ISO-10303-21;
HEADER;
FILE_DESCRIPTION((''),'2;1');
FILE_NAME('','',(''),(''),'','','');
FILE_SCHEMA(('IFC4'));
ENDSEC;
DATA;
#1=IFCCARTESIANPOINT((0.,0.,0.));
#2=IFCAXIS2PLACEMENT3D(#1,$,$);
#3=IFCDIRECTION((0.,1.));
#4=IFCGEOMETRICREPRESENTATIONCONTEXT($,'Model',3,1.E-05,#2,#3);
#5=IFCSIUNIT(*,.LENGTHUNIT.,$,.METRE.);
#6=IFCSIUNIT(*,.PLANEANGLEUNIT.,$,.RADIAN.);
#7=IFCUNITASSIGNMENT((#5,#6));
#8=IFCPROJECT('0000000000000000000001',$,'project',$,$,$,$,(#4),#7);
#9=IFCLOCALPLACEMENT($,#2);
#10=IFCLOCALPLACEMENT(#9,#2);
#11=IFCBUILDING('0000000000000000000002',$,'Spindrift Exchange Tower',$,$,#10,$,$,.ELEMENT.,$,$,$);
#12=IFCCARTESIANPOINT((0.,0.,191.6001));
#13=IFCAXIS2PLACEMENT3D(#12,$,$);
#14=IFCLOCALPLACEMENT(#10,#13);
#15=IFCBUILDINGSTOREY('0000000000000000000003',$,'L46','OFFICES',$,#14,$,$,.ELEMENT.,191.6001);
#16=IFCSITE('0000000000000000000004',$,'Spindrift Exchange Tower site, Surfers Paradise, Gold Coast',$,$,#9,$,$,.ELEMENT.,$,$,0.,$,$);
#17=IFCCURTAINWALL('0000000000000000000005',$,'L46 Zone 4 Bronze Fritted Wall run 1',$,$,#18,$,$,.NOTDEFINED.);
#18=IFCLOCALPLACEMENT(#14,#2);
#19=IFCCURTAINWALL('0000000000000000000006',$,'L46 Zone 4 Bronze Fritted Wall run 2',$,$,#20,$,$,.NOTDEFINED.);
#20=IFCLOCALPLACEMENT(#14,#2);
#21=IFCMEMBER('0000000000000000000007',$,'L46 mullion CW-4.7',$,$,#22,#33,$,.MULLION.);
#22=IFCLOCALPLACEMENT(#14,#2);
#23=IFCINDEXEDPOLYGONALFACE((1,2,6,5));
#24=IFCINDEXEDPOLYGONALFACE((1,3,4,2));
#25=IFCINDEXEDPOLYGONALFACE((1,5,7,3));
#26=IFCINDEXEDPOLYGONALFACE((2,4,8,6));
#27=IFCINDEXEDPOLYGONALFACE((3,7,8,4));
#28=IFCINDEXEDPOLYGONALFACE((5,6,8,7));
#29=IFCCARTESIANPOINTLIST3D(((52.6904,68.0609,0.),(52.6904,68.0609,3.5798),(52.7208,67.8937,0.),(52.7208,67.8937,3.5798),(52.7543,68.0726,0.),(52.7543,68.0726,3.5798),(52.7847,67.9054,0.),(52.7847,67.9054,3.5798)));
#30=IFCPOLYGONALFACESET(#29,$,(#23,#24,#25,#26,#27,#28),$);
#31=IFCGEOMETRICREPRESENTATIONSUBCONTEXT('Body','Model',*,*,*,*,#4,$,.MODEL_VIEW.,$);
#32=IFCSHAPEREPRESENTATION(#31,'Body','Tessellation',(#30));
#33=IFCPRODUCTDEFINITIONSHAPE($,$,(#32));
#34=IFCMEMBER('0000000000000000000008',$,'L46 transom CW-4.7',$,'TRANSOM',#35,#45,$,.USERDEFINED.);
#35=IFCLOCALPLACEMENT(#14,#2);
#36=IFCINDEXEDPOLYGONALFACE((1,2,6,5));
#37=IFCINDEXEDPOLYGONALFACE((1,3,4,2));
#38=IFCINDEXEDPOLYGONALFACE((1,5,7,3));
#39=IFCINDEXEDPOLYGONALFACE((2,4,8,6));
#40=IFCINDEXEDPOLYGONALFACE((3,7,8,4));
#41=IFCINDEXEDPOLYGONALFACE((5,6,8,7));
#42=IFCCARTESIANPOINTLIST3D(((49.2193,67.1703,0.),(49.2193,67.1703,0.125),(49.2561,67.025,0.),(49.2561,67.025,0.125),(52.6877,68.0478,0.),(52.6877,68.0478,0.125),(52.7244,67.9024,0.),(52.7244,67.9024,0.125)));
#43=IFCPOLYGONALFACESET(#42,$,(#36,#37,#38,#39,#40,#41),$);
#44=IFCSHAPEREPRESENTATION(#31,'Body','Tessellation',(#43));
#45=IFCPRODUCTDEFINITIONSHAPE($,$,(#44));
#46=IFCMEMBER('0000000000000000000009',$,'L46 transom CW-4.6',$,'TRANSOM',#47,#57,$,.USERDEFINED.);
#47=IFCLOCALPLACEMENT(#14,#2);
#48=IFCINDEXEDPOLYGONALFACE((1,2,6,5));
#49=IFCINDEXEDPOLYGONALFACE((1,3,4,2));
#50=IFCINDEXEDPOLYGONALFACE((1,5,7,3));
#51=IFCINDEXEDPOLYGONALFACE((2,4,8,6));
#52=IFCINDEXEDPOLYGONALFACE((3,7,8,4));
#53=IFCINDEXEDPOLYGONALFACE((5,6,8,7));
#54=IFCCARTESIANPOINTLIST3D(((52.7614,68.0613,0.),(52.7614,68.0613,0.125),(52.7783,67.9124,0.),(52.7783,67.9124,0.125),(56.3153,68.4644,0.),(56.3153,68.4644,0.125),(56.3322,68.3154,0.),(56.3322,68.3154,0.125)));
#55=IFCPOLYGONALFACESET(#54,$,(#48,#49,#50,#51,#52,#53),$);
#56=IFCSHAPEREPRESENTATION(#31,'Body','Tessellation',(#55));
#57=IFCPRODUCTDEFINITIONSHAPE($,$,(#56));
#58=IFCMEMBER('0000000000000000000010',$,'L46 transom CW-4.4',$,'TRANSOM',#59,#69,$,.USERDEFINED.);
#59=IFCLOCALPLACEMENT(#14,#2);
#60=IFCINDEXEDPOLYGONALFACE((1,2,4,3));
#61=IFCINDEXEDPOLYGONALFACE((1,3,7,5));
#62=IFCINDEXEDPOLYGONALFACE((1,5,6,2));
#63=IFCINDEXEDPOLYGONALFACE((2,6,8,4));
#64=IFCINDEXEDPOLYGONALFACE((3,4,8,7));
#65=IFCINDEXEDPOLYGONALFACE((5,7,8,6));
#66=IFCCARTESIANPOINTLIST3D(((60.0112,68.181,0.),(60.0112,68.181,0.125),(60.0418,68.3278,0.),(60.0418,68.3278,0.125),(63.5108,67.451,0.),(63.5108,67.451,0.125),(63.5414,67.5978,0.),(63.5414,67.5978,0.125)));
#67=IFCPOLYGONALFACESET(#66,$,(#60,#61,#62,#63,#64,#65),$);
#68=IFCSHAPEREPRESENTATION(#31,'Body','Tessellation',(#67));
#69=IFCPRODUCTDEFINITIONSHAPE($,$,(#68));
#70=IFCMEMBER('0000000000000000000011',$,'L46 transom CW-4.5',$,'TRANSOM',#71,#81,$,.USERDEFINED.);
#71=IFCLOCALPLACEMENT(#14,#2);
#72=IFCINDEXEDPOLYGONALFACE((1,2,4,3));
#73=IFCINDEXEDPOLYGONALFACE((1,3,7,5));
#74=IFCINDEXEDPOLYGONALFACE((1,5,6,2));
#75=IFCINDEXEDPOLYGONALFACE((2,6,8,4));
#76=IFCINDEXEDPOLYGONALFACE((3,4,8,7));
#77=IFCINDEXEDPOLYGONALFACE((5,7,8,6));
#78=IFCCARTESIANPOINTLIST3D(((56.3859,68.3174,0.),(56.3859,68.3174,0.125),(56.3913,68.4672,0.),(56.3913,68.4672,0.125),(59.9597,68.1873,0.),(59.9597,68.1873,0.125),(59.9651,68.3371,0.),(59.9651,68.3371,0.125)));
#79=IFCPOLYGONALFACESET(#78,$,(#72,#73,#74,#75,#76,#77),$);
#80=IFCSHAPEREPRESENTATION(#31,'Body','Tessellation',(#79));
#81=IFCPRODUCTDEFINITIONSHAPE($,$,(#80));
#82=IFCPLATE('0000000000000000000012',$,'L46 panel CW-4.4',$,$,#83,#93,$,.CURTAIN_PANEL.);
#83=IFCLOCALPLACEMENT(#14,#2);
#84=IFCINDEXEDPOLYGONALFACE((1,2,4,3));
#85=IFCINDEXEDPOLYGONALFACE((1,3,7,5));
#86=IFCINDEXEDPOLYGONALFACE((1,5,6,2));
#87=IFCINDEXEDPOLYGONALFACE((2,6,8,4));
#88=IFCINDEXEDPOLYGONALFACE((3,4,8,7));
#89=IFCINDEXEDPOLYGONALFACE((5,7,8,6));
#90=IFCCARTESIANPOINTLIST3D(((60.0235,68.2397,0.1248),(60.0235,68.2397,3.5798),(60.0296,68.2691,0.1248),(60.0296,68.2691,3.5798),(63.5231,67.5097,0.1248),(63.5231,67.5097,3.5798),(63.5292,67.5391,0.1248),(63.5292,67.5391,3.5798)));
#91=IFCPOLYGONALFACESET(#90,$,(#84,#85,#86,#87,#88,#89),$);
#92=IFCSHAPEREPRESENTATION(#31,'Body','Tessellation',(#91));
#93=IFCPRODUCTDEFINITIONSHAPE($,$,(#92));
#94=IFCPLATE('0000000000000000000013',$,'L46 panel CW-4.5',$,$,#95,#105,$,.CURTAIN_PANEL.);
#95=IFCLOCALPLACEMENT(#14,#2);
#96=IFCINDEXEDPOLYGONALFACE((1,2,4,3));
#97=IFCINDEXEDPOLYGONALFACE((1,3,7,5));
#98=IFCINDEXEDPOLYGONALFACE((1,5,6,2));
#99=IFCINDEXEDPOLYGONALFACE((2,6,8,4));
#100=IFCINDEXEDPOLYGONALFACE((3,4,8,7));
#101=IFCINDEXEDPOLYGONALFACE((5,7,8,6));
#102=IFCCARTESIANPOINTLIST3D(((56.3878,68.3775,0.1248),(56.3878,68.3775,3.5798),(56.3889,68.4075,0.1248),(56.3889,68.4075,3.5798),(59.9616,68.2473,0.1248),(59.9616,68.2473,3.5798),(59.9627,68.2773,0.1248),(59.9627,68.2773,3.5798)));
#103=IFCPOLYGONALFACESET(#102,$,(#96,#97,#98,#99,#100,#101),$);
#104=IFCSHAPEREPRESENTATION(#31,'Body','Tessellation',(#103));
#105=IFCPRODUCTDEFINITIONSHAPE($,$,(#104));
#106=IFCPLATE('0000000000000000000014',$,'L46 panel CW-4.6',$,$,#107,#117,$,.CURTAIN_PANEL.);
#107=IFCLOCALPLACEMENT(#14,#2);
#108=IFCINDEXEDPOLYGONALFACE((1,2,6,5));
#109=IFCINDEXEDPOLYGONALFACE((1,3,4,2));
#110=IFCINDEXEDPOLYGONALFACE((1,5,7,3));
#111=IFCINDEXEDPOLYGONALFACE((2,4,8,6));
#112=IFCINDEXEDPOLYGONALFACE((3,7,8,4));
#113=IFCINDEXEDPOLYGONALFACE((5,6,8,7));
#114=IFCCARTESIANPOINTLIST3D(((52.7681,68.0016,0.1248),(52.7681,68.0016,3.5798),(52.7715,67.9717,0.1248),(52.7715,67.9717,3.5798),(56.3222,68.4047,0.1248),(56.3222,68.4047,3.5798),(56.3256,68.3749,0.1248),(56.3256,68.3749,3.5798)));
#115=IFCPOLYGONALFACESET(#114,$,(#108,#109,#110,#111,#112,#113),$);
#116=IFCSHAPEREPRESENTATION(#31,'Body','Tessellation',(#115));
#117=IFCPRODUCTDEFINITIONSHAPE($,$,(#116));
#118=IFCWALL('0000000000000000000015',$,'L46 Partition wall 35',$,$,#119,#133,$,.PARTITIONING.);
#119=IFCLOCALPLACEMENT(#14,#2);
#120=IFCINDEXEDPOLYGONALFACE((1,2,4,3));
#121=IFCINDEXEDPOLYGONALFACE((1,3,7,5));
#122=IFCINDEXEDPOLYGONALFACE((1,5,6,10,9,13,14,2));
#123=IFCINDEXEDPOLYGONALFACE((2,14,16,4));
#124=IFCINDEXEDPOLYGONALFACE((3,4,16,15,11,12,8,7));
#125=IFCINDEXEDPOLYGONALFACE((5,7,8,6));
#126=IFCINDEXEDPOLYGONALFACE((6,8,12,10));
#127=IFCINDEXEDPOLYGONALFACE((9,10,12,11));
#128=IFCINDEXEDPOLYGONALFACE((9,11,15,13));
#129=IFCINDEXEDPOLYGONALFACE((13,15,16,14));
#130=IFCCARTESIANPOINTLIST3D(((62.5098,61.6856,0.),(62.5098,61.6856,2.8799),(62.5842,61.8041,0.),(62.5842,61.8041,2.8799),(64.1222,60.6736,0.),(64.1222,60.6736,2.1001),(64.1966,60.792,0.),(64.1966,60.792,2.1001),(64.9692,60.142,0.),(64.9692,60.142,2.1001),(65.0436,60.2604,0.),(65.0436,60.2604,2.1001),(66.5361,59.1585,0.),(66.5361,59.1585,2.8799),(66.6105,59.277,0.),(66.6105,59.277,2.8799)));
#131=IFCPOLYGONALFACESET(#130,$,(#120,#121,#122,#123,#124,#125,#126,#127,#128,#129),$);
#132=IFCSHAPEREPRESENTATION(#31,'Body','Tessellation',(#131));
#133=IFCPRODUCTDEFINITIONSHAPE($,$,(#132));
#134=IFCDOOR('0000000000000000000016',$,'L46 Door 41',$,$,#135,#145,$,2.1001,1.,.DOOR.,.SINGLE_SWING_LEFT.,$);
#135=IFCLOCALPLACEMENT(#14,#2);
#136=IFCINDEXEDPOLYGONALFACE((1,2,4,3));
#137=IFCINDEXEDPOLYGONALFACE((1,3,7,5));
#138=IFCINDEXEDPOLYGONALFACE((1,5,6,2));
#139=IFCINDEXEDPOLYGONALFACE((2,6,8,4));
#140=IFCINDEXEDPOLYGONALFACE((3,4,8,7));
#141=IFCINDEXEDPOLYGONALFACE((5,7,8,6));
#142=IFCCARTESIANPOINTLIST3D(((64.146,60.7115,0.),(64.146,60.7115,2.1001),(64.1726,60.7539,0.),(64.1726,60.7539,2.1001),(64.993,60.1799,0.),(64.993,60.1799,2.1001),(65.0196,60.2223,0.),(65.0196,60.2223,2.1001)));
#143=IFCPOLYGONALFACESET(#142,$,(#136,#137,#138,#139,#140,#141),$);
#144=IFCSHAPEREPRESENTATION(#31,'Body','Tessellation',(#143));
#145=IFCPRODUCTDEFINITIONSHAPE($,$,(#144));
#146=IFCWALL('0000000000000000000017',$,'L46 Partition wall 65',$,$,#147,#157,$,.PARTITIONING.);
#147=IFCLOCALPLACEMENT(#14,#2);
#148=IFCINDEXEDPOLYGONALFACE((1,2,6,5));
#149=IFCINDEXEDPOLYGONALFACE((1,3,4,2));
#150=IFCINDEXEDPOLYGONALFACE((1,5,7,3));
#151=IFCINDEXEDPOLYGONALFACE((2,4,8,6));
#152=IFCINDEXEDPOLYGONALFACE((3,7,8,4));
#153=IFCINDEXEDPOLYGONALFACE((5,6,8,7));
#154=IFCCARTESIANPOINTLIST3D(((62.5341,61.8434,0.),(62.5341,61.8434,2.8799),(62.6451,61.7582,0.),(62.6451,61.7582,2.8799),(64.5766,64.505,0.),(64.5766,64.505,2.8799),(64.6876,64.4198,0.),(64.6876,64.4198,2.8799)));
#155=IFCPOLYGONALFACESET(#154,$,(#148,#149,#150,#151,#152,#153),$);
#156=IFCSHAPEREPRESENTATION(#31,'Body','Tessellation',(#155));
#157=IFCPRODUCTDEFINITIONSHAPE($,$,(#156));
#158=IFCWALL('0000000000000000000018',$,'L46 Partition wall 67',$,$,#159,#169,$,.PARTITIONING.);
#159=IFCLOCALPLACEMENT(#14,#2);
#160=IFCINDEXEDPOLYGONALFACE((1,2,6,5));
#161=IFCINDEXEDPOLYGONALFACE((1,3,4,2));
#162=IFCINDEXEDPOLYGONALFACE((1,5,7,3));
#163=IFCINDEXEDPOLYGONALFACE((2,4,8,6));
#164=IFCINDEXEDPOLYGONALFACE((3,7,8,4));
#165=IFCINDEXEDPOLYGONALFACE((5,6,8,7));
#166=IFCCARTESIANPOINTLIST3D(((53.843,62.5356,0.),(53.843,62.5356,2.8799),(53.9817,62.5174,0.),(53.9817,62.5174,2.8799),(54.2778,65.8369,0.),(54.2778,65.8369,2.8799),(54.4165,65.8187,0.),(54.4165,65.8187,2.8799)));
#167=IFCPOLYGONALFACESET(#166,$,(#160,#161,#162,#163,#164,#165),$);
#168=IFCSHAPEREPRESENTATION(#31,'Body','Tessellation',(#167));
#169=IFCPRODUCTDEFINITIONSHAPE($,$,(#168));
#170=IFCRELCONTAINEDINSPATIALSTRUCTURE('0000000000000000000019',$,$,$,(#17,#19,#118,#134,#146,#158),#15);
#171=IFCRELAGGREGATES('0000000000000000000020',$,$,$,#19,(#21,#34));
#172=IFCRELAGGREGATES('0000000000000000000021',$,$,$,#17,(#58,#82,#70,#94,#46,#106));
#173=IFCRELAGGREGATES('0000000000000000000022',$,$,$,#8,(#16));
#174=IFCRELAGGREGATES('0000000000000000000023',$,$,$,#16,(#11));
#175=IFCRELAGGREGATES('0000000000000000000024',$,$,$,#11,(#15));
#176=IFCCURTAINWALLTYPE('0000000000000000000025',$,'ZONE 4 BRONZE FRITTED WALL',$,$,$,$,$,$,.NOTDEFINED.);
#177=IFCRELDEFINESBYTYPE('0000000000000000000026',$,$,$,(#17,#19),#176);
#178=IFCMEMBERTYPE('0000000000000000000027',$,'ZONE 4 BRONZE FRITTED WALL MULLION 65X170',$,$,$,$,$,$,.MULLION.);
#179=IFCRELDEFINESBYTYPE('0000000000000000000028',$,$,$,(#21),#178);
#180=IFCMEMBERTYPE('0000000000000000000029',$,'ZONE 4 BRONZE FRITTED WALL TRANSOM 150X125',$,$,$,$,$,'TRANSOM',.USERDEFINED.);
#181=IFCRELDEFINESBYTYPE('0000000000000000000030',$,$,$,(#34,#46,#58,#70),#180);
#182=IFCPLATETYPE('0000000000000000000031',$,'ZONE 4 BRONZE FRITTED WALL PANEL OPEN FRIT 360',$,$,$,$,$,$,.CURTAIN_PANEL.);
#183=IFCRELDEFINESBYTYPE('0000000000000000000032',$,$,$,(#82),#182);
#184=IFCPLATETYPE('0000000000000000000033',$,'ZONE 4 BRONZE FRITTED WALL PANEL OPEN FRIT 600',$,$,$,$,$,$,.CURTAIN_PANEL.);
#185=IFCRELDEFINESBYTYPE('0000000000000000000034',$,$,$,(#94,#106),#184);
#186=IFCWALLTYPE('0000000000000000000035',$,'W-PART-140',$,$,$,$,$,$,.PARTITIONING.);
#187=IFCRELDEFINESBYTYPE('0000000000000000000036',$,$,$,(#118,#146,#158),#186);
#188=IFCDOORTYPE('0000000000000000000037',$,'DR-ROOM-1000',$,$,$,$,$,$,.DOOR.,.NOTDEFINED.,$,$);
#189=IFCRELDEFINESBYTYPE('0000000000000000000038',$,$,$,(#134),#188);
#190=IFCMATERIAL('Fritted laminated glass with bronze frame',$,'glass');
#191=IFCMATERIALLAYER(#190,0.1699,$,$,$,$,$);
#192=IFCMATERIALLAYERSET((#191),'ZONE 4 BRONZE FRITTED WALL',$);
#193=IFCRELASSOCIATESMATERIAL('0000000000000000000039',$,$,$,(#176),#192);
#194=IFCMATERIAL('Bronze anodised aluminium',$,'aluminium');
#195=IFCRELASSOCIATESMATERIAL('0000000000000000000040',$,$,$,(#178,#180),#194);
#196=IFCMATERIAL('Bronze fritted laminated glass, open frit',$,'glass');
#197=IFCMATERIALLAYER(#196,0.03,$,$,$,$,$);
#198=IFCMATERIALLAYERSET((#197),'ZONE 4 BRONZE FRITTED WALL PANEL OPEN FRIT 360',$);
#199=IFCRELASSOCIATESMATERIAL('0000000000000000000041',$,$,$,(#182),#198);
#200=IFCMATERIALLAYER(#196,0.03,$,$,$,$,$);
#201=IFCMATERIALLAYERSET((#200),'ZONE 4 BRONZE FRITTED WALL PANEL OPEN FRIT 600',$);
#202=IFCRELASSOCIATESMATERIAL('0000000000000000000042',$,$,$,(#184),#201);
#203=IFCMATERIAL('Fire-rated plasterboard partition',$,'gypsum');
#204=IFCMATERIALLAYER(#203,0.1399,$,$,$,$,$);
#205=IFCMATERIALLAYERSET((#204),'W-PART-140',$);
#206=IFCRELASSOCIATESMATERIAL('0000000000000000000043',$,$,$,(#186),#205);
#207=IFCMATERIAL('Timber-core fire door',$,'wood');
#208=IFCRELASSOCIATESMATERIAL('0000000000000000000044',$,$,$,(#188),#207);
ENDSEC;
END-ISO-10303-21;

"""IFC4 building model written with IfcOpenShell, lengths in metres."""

from ifc_helpers import new_model, si_unit, direction, frame, frame_2d, origin, origin_2d, place, context, subcontext, project, spatial, rectangle, extrude, source, transform, mapped, material, layer, layer_set, material_profile, profile_set, type_object, element, fill, aggregate, save


model = new_model("IFC4")

# Units and contexts
model_context = context("Model", 3, precision=1e-05, world=origin(), true_north=direction((0.0, 1.0)))
body_context = subcontext(model_context, "Body", "Model", "MODEL_VIEW")
ifc_project = project(units=[si_unit("LENGTHUNIT", "METRE"), si_unit("PLANEANGLEUNIT", "RADIAN")], contexts=[model_context])

# Site, building, storey
site_placement = place(None, origin())
site = spatial("IfcSite", under=ifc_project, at=site_placement, Name="Spindrift Exchange Tower site, Surfers Paradise, Gold Coast", CompositionType="ELEMENT", RefElevation=0.0)
building_placement = place(site_placement, origin())
building = spatial("IfcBuilding", under=site, at=building_placement, Name="Spindrift Exchange Tower", CompositionType="ELEMENT")
storey_placement = place(building_placement, frame((0.0, 0.0, 191.6001)))
storey = spatial("IfcBuildingStorey", under=building, at=storey_placement, Name="L46", Description="OFFICES", CompositionType="ELEMENT", Elevation=191.6001)

# Curtain walls, members
ifc_material_1 = material(Name="Fritted laminated glass with bronze frame", Category="glass")
ifc_layer_1 = layer(ifc_material_1, 0.1699)
ifc_layer_set_1 = layer_set([ifc_layer_1], Name="ZONE 4 BRONZE FRITTED WALL")
curtain_wall_type = type_object("IfcCurtainWallType", Name="ZONE 4 BRONZE FRITTED WALL", PredefinedType="NOTDEFINED", material=ifc_layer_set_1)
curtain_wall_1_placement = place(storey_placement, origin())
curtain_wall_1 = element("IfcCurtainWall", 1, at=curtain_wall_1_placement, inside=storey, type_object=curtain_wall_type, Name="L46 Zone 4 Bronze Fritted Wall run 1", PredefinedType="NOTDEFINED")
ifc_material_2 = material(Name="Bronze anodised aluminium", Category="aluminium")
ifc_material_profile_1 = material_profile(ifc_material_2, rectangle(XDim=0.0649, YDim=0.1699, at=origin_2d()), Name="ZONE 4 BRONZE FRITTED WALL MULLION 65X170")
ifc_profile_set_1 = profile_set([ifc_material_profile_1], Name="Bronze anodised aluminium")
member_type_1 = type_object("IfcMemberType", Name="ZONE 4 BRONZE FRITTED WALL MULLION 65X170", PredefinedType="MULLION", material=ifc_profile_set_1)
shared_shape_1 = source(origin(), body_context, "Body", "SweptSolid", [
    extrude(rectangle(XDim=0.0649, YDim=0.1699, at=origin_2d()), origin(), (0.0, 0.0, 1.0), 3.5798),
])
curtain_wall_2_placement = place(storey_placement, origin())
curtain_wall_2 = element("IfcCurtainWall", 2, at=curtain_wall_2_placement, inside=storey, type_object=curtain_wall_type, Name="L46 Zone 4 Bronze Fritted Wall run 2", PredefinedType="NOTDEFINED")
member_1_placement = place(storey_placement, frame((52.7375, 67.9832, 0.0), z_axis=(0.0, 0.0, 1.0), x_axis=(-0.983777, -0.179394, 0.0)))
member_1 = element("IfcMember", 3, at=member_1_placement, type_object=member_type_1, Name="L46 mullion CW-4.7", PredefinedType="MULLION", context=body_context, shape_type="MappedRepresentation", body=[
    mapped(shared_shape_1, transform((0.0, 0.0, 0.0), scale=1.0)),
])
ifc_material_profile_2 = material_profile(ifc_material_2, rectangle(XDim=0.1499, YDim=0.125, at=origin_2d()), Name="ZONE 4 BRONZE FRITTED WALL TRANSOM 150X125")
ifc_profile_set_2 = profile_set([ifc_material_profile_2], Name="Bronze anodised aluminium")
member_type_2 = type_object("IfcMemberType", Name="ZONE 4 BRONZE FRITTED WALL TRANSOM 150X125", ElementType="TRANSOM", PredefinedType="USERDEFINED", material=ifc_profile_set_2)
shared_shape_2 = source(origin(), body_context, "Body", "SweptSolid", [
    extrude(rectangle(XDim=0.1499, YDim=0.125, at=origin_2d()), origin(), (0.0, 0.0, 1.0), 3.5776),
])
member_2_placement = place(storey_placement, frame((52.7061, 67.9751, 0.0625), z_axis=(-0.969456, -0.245264, 0.0), x_axis=(0.245264, -0.969456, 0.0)))
member_2 = element("IfcMember", 4, at=member_2_placement, type_object=member_type_2, Name="L46 transom CW-4.7", ObjectType="TRANSOM", PredefinedType="USERDEFINED", context=body_context, shape_type="MappedRepresentation", body=[
    mapped(shared_shape_2, transform((0.0, 0.0, 0.0), scale=1.0)),
])
aggregate(curtain_wall_2, [member_1, member_2])

# Members
shared_shape_3 = source(origin(), body_context, "Body", "SweptSolid", [
    extrude(rectangle(XDim=0.1499, YDim=0.125, at=origin_2d()), origin(), (0.0, 0.0, 1.0), 3.5767),
])
member_3_placement = place(storey_placement, frame((56.3237, 68.3899, 0.0625), z_axis=(-0.99363, -0.112694, 0.0), x_axis=(0.112694, -0.99363, 0.0)))
member_3 = element("IfcMember", 5, at=member_3_placement, type_object=member_type_2, Name="L46 transom CW-4.6", ObjectType="TRANSOM", PredefinedType="USERDEFINED", context=body_context, shape_type="MappedRepresentation", body=[
    mapped(shared_shape_3, transform((0.0, 0.0, 0.0), scale=1.0)),
])
shared_shape_4 = source(origin(), body_context, "Body", "SweptSolid", [
    extrude(rectangle(XDim=0.1499, YDim=0.125, at=origin_2d()), origin(), (0.0, 0.0, 1.0), 3.575),
])
member_4_placement = place(storey_placement, frame((63.5261, 67.5244, 0.0625), z_axis=(-0.978929, 0.2042, 0.0), x_axis=(-0.2042, -0.978929, 0.0)))
member_4 = element("IfcMember", 6, at=member_4_placement, type_object=member_type_2, Name="L46 transom CW-4.4", ObjectType="TRANSOM", PredefinedType="USERDEFINED", context=body_context, shape_type="MappedRepresentation", body=[
    mapped(shared_shape_4, transform((0.0, 0.0, 0.0), scale=1.0)),
])
shared_shape_5 = source(origin(), body_context, "Body", "SweptSolid", [
    extrude(rectangle(XDim=0.1499, YDim=0.125, at=origin_2d()), origin(), (0.0, 0.0, 1.0), 3.5762),
])
member_5_placement = place(storey_placement, frame((59.9624, 68.2622, 0.0625), z_axis=(-0.999338, 0.036388, 0.0), x_axis=(-0.036388, -0.999338, 0.0)))
member_5 = element("IfcMember", 7, at=member_5_placement, type_object=member_type_2, Name="L46 transom CW-4.5", ObjectType="TRANSOM", PredefinedType="USERDEFINED", context=body_context, shape_type="MappedRepresentation", body=[
    mapped(shared_shape_5, transform((0.0, 0.0, 0.0), scale=1.0)),
])

# Plates
ifc_material_3 = material(Name="Bronze fritted laminated glass, open frit", Category="glass")
ifc_layer_2 = layer(ifc_material_3, 0.03)
ifc_layer_set_2 = layer_set([ifc_layer_2], Name="ZONE 4 BRONZE FRITTED WALL PANEL OPEN FRIT 360")
plate_type_1 = type_object("IfcPlateType", Name="ZONE 4 BRONZE FRITTED WALL PANEL OPEN FRIT 360", PredefinedType="CURTAIN_PANEL", material=ifc_layer_set_2)
shared_shape_6 = source(origin(), body_context, "Body", "SweptSolid", [
    extrude(rectangle(XDim=3.575, YDim=0.03, at=origin_2d()), origin(), (0.0, 0.0, 1.0), 3.4551),
])
plate_1_placement = place(storey_placement, frame((61.7764, 67.8894, 0.1248), z_axis=(0.0, 0.0, 1.0), x_axis=(-0.978927, 0.204209, 0.0)))
plate_1 = element("IfcPlate", 8, at=plate_1_placement, type_object=plate_type_1, Name="L46 panel CW-4.4", PredefinedType="CURTAIN_PANEL", context=body_context, shape_type="MappedRepresentation", body=[
    mapped(shared_shape_6, transform((0.0, 0.0, 0.0), scale=1.0)),
])
ifc_layer_3 = layer(ifc_material_3, 0.03)
ifc_layer_set_3 = layer_set([ifc_layer_3], Name="ZONE 4 BRONZE FRITTED WALL PANEL OPEN FRIT 600")
plate_type_2 = type_object("IfcPlateType", Name="ZONE 4 BRONZE FRITTED WALL PANEL OPEN FRIT 600", PredefinedType="CURTAIN_PANEL", material=ifc_layer_set_3)
shared_shape_7 = source(origin(), body_context, "Body", "SweptSolid", [
    extrude(rectangle(XDim=3.5762, YDim=0.03, at=origin_2d()), origin(), (0.0, 0.0, 1.0), 3.4551),
])
plate_2_placement = place(storey_placement, frame((58.1753, 68.3274, 0.1248), z_axis=(0.0, 0.0, 1.0), x_axis=(-0.999338, 0.036391, 0.0)))
plate_2 = element("IfcPlate", 9, at=plate_2_placement, type_object=plate_type_2, Name="L46 panel CW-4.5", PredefinedType="CURTAIN_PANEL", context=body_context, shape_type="MappedRepresentation", body=[
    mapped(shared_shape_7, transform((0.0, 0.0, 0.0), scale=1.0)),
])
shared_shape_8 = source(origin(), body_context, "Body", "SweptSolid", [
    extrude(rectangle(XDim=3.5769, YDim=0.03, at=origin_2d()), origin(), (0.0, 0.0, 1.0), 3.4551),
])
plate_3_placement = place(storey_placement, frame((54.5469, 68.1882, 0.1248), z_axis=(0.0, 0.0, 1.0), x_axis=(-0.993627, -0.112719, 0.0)))
plate_3 = element("IfcPlate", 10, at=plate_3_placement, type_object=plate_type_2, Name="L46 panel CW-4.6", PredefinedType="CURTAIN_PANEL", context=body_context, shape_type="MappedRepresentation", body=[
    mapped(shared_shape_8, transform((0.0, 0.0, 0.0), scale=1.0)),
])
aggregate(curtain_wall_1, [member_4, plate_1, member_5, plate_2, member_3, plate_3])

# Wall, opening, door
ifc_material_4 = material(Name="Fire-rated plasterboard partition", Category="gypsum")
ifc_layer_4 = layer(ifc_material_4, 0.1399)
ifc_layer_set_4 = layer_set([ifc_layer_4], Name="W-PART-140")
wall_type = type_object("IfcWallType", Name="W-PART-140", PredefinedType="PARTITIONING", material=ifc_layer_set_4)
wall_1_placement = place(storey_placement, frame((62.5469, 61.7449, 0.0), z_axis=(0.0, 0.0, 1.0), x_axis=(0.846993, -0.531605, 0.0)))
wall_1 = element("IfcWall", 11, at=wall_1_placement, inside=storey, type_object=wall_type, Name="L46 Partition wall 35", PredefinedType="PARTITIONING", context=body_context, shape_type="SweptSolid", body=[
    extrude(rectangle(XDim=4.7537, YDim=0.1399, at=frame_2d((2.377, 0.0))), origin(), (0.0, 0.0, 1.0), 2.8799),
])
opening_placement = place(wall_1_placement, frame((1.9038, 0.0, 0.0)))
opening = element("IfcOpeningElement", 12, at=opening_placement, cuts=wall_1, PredefinedType="OPENING", context=body_context, shape_type="SweptSolid", body=[
    extrude(rectangle(XDim=1.0, YDim=2.1001, at=frame_2d((0.5, 1.05))), frame((0.0, 0.0798, 0.0), z_axis=(0.0, -1.0, 0.0), x_axis=(1.0, 0.0, 0.0)), (0.0, 0.0, 1.0), 0.1599),
])
ifc_material_5 = material(Name="Timber-core fire door", Category="wood")
door_type = type_object("IfcDoorType", Name="DR-ROOM-1000", OperationType="NOTDEFINED", PredefinedType="DOOR", material=ifc_material_5)
shared_shape_9 = source(origin(), body_context, "Body", "SweptSolid", [
    extrude(rectangle(XDim=1.0, YDim=2.1001, at=frame_2d((0.5, 1.05))), frame((0.0, 0.0249, 0.0), z_axis=(0.0, -1.0, 0.0), x_axis=(1.0, 0.0, 0.0)), (0.0, 0.0, 1.0), 0.05),
])
door_placement = place(opening_placement, origin())
door = element("IfcDoor", 13, at=door_placement, inside=storey, type_object=door_type, Name="L46 Door 41", OperationType="SINGLE_SWING_LEFT", OverallHeight=2.1001, OverallWidth=1.0, PredefinedType="DOOR", context=body_context, shape_type="MappedRepresentation", body=[
    mapped(shared_shape_9, transform((0.0, 0.0, 0.0), scale=1.0)),
])
fill(opening, door)

# Walls
wall_2_placement = place(storey_placement, frame((62.5896, 61.8008, 0.0), z_axis=(0.0, 0.0, 1.0), x_axis=(0.608789, 0.793332, 0.0)))
element("IfcWall", 14, at=wall_2_placement, inside=storey, type_object=wall_type, Name="L46 Partition wall 65", PredefinedType="PARTITIONING", context=body_context, shape_type="SweptSolid", body=[
    extrude(rectangle(XDim=3.355, YDim=0.1399, at=frame_2d((1.6775, 0.0))), origin(), (0.0, 0.0, 1.0), 2.8799),
])
wall_3_placement = place(storey_placement, frame((53.9124, 62.5264, 0.0), z_axis=(0.0, 0.0, 1.0), x_axis=(0.130583, 0.991437, 0.0)))
element("IfcWall", 15, at=wall_3_placement, inside=storey, type_object=wall_type, Name="L46 Partition wall 67", PredefinedType="PARTITIONING", context=body_context, shape_type="SweptSolid", body=[
    extrude(rectangle(XDim=3.3298, YDim=0.1399, at=frame_2d((1.665, 0.0))), origin(), (0.0, 0.0, 1.0), 2.8799),
])

save(model, "model.ifc")
